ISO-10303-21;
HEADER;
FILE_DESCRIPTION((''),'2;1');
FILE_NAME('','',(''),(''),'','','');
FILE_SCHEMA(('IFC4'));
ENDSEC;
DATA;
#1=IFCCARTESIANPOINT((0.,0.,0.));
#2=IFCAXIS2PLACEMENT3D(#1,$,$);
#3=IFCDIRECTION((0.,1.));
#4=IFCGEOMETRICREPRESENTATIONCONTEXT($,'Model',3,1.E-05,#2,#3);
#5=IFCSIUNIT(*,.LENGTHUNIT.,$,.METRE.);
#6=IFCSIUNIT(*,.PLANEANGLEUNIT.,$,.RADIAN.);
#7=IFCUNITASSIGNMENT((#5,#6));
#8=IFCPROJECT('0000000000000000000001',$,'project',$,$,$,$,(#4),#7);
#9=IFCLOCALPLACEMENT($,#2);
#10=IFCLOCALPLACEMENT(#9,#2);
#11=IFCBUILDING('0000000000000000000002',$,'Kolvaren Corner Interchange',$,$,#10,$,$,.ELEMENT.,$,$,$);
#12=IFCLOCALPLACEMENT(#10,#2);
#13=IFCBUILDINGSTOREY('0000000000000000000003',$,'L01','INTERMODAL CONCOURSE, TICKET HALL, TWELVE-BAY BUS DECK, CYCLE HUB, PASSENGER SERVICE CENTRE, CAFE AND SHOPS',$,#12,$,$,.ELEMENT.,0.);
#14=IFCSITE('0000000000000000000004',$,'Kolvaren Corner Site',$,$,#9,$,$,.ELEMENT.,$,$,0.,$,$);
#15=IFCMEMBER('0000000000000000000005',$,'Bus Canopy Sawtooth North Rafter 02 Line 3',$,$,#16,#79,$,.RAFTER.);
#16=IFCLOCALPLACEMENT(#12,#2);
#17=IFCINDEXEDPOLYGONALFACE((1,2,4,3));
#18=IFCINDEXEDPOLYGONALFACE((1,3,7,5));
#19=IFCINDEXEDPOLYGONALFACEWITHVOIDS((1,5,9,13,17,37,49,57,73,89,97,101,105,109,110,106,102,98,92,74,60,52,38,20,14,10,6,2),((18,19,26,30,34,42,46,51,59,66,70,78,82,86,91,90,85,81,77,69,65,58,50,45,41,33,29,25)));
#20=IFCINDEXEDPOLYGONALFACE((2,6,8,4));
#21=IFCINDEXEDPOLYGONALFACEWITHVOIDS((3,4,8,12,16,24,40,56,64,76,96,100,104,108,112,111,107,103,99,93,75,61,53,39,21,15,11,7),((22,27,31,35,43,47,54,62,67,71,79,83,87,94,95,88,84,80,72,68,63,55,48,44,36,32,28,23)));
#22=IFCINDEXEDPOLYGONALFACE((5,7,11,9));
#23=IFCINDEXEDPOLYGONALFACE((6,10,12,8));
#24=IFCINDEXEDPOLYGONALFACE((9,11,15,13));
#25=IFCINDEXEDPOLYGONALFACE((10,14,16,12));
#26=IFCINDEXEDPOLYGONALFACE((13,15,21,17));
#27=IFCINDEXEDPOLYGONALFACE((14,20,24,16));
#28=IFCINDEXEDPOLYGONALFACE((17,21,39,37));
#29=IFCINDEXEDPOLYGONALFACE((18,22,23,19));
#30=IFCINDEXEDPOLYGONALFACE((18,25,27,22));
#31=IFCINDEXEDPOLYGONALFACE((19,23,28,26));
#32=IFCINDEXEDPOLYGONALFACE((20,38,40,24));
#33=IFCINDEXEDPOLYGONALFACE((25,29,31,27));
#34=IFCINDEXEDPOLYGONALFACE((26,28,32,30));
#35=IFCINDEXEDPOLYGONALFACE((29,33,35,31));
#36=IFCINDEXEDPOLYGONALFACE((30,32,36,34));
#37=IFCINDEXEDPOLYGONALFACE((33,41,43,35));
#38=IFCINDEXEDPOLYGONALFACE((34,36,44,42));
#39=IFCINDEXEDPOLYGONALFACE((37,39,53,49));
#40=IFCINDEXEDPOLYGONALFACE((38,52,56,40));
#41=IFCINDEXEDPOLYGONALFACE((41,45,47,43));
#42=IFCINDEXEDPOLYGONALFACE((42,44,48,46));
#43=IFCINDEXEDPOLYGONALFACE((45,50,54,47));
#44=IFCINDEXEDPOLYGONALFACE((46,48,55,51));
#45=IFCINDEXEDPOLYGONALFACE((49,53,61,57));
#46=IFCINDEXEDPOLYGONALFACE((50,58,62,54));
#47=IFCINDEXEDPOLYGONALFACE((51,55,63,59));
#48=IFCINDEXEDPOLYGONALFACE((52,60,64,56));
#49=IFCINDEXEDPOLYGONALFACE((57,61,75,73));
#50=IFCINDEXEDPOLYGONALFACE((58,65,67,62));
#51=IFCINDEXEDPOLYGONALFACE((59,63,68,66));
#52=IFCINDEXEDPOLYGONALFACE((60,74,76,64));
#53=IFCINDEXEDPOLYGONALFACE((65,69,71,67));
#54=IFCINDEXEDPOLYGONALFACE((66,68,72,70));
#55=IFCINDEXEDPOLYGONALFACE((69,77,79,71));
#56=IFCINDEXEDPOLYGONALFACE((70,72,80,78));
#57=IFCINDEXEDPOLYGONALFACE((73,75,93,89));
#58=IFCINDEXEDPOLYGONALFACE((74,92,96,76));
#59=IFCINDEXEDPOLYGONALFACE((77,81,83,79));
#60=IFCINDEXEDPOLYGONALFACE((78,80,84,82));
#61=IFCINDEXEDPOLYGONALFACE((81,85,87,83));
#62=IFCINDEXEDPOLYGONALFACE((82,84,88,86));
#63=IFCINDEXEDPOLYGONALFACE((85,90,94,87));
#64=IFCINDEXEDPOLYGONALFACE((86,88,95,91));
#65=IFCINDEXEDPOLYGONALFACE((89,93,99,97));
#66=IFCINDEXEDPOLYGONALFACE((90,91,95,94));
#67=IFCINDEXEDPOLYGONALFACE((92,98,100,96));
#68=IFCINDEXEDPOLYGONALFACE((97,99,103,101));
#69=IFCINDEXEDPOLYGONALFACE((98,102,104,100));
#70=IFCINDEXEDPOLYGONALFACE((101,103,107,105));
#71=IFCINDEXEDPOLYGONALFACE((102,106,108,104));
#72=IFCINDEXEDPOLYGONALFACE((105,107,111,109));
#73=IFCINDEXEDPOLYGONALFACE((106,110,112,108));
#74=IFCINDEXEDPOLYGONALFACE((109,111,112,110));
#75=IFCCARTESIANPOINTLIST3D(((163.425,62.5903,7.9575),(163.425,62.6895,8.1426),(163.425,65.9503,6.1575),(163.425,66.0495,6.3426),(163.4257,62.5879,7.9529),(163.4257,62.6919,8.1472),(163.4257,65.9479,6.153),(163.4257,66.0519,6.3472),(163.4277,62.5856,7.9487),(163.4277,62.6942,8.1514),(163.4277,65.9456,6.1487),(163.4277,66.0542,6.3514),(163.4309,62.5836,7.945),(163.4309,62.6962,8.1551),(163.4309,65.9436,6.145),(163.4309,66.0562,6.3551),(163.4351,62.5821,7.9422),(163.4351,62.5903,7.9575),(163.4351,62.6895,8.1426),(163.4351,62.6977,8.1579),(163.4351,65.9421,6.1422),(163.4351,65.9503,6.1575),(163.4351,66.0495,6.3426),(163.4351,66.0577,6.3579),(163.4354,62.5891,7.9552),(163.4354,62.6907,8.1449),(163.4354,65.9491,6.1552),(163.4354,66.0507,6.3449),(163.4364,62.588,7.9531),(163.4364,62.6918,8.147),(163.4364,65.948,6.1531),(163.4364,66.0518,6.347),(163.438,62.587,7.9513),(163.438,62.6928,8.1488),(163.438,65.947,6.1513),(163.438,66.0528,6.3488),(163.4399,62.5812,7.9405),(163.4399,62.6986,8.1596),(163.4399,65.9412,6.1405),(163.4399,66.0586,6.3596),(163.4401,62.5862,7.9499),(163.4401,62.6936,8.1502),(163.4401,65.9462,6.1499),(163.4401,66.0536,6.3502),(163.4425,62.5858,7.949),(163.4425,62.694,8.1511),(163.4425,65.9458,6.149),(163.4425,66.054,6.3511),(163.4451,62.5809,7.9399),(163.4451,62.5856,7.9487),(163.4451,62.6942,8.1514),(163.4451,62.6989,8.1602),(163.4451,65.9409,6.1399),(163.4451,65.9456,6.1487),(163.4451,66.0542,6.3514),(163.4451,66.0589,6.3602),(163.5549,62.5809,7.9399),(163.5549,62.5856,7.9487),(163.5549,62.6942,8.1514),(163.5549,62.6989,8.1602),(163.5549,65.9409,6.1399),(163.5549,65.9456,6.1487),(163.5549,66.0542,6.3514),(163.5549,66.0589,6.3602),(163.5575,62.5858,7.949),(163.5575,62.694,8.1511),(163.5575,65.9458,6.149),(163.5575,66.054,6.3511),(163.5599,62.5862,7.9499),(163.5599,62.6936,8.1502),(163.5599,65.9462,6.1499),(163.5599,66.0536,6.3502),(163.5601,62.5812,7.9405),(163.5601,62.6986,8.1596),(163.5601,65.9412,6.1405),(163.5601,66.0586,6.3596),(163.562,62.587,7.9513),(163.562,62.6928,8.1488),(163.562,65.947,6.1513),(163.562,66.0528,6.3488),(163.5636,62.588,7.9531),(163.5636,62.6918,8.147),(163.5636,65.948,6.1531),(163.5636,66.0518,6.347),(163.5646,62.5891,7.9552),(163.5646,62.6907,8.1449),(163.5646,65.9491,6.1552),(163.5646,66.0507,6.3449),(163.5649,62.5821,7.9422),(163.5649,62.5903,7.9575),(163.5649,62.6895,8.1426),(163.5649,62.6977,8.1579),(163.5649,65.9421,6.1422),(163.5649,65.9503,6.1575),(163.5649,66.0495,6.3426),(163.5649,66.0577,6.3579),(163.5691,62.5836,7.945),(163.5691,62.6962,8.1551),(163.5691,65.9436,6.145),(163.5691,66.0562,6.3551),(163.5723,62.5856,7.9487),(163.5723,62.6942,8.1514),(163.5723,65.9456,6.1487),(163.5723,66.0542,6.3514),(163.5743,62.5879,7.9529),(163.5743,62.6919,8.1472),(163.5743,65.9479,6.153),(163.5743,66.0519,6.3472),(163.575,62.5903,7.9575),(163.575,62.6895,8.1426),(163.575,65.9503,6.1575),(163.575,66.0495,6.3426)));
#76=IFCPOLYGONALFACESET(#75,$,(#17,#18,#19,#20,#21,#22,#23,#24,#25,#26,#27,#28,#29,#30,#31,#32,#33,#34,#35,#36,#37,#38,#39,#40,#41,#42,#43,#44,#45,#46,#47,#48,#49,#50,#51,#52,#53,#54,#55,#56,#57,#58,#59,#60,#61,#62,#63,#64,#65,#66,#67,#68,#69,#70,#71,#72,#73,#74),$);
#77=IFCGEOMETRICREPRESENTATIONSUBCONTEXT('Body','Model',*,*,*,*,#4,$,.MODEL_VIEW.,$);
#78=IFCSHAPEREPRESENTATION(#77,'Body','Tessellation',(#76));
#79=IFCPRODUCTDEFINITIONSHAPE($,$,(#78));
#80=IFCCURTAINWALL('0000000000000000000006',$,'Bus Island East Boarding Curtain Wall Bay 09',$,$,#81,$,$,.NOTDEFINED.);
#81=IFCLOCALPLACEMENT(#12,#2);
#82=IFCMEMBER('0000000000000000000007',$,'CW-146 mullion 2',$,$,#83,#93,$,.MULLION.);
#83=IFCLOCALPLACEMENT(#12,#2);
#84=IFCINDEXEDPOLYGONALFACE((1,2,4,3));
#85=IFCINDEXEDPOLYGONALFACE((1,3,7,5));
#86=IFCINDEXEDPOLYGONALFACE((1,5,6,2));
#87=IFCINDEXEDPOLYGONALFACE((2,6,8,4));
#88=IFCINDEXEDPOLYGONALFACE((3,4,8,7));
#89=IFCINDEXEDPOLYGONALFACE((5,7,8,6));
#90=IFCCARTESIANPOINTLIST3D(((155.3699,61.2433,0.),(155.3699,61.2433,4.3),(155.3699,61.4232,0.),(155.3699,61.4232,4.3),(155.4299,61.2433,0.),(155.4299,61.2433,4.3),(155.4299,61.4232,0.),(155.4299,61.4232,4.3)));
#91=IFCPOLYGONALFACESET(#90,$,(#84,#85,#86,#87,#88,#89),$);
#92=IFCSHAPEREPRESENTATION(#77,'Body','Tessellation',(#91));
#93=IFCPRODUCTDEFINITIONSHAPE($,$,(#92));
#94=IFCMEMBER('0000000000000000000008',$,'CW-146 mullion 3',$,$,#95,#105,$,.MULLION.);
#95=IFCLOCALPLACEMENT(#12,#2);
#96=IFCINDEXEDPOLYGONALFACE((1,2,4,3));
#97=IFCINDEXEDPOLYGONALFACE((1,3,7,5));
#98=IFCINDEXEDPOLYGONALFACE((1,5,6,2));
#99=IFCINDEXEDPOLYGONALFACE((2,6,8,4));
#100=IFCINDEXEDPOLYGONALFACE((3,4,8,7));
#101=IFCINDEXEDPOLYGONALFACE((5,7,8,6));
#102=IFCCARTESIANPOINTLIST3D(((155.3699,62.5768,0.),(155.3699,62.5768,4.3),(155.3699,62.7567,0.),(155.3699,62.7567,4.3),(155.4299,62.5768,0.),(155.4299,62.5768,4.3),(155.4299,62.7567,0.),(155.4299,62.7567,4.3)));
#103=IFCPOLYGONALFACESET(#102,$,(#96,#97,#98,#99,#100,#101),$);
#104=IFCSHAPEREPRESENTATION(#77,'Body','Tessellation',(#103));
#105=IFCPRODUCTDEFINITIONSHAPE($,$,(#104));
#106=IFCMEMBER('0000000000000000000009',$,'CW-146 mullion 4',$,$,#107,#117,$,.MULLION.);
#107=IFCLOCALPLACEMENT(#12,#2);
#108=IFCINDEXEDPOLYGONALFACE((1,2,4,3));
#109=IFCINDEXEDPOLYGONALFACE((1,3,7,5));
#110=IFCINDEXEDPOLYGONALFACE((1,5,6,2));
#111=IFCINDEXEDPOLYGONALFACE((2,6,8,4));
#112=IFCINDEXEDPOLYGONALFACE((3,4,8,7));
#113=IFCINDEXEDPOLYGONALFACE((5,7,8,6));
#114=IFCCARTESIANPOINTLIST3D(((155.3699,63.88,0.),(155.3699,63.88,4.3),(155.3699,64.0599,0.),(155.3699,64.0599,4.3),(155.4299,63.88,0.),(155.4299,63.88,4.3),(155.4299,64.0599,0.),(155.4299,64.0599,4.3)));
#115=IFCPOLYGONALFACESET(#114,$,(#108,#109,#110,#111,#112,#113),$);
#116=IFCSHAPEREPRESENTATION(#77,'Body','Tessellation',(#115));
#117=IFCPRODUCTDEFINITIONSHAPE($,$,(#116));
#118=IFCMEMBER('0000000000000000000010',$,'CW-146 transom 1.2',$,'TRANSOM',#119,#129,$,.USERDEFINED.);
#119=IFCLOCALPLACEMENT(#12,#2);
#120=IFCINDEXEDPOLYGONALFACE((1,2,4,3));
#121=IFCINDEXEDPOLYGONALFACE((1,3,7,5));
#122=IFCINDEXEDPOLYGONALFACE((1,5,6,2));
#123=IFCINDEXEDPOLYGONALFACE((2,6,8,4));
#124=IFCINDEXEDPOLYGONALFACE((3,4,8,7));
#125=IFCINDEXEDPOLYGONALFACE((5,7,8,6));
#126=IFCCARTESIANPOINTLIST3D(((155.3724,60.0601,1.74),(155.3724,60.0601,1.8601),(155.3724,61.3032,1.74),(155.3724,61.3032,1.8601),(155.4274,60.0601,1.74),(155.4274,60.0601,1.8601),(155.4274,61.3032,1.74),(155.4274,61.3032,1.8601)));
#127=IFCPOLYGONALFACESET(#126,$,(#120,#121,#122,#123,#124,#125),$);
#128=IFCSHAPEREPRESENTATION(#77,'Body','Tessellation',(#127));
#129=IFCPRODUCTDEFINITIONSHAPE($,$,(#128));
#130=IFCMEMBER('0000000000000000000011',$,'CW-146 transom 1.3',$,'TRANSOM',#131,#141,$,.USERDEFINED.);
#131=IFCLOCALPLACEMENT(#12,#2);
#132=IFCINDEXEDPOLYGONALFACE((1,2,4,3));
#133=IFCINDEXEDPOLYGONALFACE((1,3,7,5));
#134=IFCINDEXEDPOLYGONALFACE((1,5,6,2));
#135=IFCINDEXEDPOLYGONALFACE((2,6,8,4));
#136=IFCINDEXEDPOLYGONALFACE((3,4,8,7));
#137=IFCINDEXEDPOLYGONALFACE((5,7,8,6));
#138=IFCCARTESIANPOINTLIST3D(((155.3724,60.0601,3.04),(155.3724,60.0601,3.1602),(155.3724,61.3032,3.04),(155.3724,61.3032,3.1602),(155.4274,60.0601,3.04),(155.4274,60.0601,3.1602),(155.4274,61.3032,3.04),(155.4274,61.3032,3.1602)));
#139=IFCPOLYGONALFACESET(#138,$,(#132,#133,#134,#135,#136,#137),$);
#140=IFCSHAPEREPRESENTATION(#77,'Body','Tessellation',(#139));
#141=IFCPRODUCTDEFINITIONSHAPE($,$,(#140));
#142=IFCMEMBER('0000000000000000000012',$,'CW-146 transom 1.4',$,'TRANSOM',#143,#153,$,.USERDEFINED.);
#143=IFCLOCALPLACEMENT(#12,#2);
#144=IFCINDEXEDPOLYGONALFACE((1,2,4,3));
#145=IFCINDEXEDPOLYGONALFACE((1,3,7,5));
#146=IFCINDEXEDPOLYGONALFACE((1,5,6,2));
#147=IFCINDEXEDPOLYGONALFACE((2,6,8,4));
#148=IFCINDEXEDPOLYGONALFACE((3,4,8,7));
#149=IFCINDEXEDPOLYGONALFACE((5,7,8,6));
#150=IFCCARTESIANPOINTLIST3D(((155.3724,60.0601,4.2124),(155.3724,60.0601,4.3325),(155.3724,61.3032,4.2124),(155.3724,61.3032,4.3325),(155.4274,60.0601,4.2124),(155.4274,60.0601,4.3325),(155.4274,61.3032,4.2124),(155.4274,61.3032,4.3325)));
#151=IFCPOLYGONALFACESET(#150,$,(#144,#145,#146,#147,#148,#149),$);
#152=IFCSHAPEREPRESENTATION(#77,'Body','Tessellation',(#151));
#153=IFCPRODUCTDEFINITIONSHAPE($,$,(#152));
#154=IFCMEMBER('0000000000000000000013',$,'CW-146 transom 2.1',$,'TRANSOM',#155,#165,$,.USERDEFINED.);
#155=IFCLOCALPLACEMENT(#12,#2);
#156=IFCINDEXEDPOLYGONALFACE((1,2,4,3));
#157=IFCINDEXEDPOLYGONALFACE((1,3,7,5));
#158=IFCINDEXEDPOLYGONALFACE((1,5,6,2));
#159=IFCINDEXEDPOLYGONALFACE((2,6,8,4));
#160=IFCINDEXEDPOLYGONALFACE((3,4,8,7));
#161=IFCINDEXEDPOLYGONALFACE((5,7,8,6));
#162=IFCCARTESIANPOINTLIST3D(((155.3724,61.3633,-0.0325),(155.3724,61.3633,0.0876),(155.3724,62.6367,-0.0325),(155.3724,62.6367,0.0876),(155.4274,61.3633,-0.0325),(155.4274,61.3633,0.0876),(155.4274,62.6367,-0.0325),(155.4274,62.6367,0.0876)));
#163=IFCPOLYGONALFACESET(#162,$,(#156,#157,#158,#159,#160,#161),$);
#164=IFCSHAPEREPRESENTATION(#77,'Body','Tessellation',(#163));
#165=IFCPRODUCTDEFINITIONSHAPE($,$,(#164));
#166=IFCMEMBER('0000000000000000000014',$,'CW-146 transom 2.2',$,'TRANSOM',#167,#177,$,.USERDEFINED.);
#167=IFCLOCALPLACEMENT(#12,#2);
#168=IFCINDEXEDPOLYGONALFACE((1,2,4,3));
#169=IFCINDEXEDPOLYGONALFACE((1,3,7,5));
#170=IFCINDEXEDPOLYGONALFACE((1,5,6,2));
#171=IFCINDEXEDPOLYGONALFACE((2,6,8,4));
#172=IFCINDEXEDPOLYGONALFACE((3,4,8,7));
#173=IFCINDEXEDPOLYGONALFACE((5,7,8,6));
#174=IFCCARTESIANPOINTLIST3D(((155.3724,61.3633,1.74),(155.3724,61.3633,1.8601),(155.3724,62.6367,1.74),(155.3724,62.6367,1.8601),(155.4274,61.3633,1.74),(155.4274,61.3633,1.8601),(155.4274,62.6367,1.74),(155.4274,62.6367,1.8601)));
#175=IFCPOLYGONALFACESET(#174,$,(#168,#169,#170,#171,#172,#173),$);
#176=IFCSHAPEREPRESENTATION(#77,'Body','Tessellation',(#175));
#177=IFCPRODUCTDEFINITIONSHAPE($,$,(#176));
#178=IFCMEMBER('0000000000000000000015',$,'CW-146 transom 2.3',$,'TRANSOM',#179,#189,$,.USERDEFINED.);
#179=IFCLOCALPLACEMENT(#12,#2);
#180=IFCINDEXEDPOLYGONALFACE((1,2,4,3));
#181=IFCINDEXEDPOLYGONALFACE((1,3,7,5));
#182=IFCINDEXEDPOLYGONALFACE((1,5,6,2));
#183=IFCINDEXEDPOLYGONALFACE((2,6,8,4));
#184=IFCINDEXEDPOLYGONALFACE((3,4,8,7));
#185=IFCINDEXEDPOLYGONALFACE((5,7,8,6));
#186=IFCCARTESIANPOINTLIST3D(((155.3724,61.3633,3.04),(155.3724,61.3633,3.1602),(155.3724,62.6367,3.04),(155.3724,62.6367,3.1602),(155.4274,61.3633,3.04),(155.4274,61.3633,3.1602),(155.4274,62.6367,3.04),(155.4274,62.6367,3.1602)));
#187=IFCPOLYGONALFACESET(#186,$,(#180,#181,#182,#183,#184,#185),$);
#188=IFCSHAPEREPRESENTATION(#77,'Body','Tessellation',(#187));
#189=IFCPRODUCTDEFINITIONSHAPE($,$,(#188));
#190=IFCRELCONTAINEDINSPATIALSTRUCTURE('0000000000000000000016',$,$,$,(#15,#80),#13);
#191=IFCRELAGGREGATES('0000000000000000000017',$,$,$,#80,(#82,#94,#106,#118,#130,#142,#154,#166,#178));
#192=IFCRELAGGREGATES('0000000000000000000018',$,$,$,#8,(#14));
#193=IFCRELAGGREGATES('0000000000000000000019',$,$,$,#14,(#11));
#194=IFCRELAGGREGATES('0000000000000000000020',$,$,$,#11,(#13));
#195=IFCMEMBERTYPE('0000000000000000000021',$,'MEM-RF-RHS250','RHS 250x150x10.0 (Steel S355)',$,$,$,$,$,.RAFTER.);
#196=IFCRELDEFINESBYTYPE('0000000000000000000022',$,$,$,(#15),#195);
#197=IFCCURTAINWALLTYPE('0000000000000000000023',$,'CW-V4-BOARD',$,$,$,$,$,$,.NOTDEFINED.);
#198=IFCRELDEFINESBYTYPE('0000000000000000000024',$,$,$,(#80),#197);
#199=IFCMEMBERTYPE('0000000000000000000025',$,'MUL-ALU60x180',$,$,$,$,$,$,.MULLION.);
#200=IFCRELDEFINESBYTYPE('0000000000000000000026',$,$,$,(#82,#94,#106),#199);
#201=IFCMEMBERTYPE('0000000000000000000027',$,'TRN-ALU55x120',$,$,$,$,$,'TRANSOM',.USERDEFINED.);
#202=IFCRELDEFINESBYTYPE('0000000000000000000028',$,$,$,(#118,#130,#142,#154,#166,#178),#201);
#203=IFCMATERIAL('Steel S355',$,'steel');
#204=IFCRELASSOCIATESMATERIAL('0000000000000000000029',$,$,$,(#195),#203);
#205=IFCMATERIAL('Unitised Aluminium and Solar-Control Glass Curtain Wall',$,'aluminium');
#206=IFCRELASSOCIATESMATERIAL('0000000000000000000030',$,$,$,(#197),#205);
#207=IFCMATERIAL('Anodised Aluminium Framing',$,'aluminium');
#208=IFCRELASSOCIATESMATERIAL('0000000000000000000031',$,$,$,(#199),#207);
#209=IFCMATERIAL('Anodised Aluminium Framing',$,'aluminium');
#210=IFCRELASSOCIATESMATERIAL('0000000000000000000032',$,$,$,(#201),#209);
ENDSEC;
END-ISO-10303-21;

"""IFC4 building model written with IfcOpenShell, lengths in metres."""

from ifc_helpers import new_model, si_unit, direction, frame, origin, origin_2d, place, context, subcontext, project, spatial, rectangle, hollow_rectangle, extrude, material, material_profile, profile_set, type_object, element, aggregate, save


model = new_model("IFC4")

# Units and contexts
model_context = context("Model", 3, precision=1e-05, world=origin(), true_north=direction((0.0, 1.0)))
body_context = subcontext(model_context, "Body", "Model", "MODEL_VIEW")
ifc_project = project(units=[si_unit("LENGTHUNIT", "METRE"), si_unit("PLANEANGLEUNIT", "RADIAN")], contexts=[model_context])

# Site, building, storey
site_placement = place(None, origin())
site = spatial("IfcSite", under=ifc_project, at=site_placement, Name="Kolvaren Corner Site", CompositionType="ELEMENT", RefElevation=0.0)
building_placement = place(site_placement, origin())
building = spatial("IfcBuilding", under=site, at=building_placement, Name="Kolvaren Corner Interchange", CompositionType="ELEMENT")
storey_placement = place(building_placement, origin())
storey = spatial("IfcBuildingStorey", under=building, at=storey_placement, Name="L01", Description="INTERMODAL CONCOURSE, TICKET HALL, TWELVE-BAY BUS DECK, CYCLE HUB, PASSENGER SERVICE CENTRE, CAFE AND SHOPS", CompositionType="ELEMENT", Elevation=0.0)

# Member
ifc_material_1 = material(Name="Steel S355", Category="steel")
ifc_material_profile_1 = material_profile(ifc_material_1, hollow_rectangle(XDim=0.1499, YDim=0.25, WallThickness=0.01, InnerFilletRadius=0.01, OuterFilletRadius=0.02, at=origin_2d()), Name="RHS 250x150x10.0")
ifc_profile_set_1 = profile_set([ifc_material_profile_1], Name="Steel S355")
member_type_1 = type_object("IfcMemberType", Name="MEM-RF-RHS250", Description="RHS 250x150x10.0 (Steel S355)", PredefinedType="RAFTER", material=ifc_profile_set_1)
for number, where, z_axis, x_axis, name in (
    (1, (163.5, 62.6399, 8.05), (0.0, 0.881481, -0.47222), (-1.0, 0.0, 0.0), "Bus Canopy Sawtooth North Rafter 02 Line 3"),
):
    element("IfcMember", number, at=place(storey_placement, frame(where, z_axis=z_axis, x_axis=x_axis)), inside=storey, type_object=member_type_1, Name=name, PredefinedType="RAFTER", context=body_context, shape_type="SweptSolid", body=[
        extrude(hollow_rectangle(XDim=0.1499, YDim=0.25, WallThickness=0.01, InnerFilletRadius=0.01, OuterFilletRadius=0.02, at=origin_2d()), origin(), (0.0, 0.0, 1.0), 3.8118),
    ])

# Curtain wall, members
ifc_material_2 = material(Name="Unitised Aluminium and Solar-Control Glass Curtain Wall", Category="aluminium")
curtain_wall_type = type_object("IfcCurtainWallType", Name="CW-V4-BOARD", PredefinedType="NOTDEFINED", material=ifc_material_2)
curtain_wall_placement = place(storey_placement, origin())
curtain_wall = element("IfcCurtainWall", 2, at=curtain_wall_placement, inside=storey, type_object=curtain_wall_type, Name="Bus Island East Boarding Curtain Wall Bay 09", PredefinedType="NOTDEFINED")
ifc_material_3 = material(Name="Anodised Aluminium Framing", Category="aluminium")
ifc_material_profile_2 = material_profile(ifc_material_3, rectangle(XDim=0.0601, YDim=0.1799, at=origin_2d()), Name="ALU 60x180")
ifc_profile_set_2 = profile_set([ifc_material_profile_2], Name="Anodised Aluminium Framing")
member_type_2 = type_object("IfcMemberType", Name="MUL-ALU60x180", PredefinedType="MULLION", material=ifc_profile_set_2)
member_1_placement = place(storey_placement, frame((155.3999, 61.3333, 0.0), z_axis=(0.0, 0.0, 1.0), x_axis=(-1.0, 0.0, 0.0)))
member_1 = element("IfcMember", 3, at=member_1_placement, type_object=member_type_2, Name="CW-146 mullion 2", PredefinedType="MULLION", context=body_context, shape_type="SweptSolid", body=[
    extrude(rectangle(XDim=0.0601, YDim=0.1799, at=origin_2d()), origin(), (0.0, 0.0, 1.0), 4.3),
])
member_2_placement = place(storey_placement, frame((155.3999, 62.6667, 0.0), z_axis=(0.0, 0.0, 1.0), x_axis=(-1.0, 0.0, 0.0)))
member_2 = element("IfcMember", 4, at=member_2_placement, type_object=member_type_2, Name="CW-146 mullion 3", PredefinedType="MULLION", context=body_context, shape_type="SweptSolid", body=[
    extrude(rectangle(XDim=0.0601, YDim=0.1799, at=origin_2d()), origin(), (0.0, 0.0, 1.0), 4.3),
])
member_3_placement = place(storey_placement, frame((155.3999, 63.97, 0.0), z_axis=(0.0, 0.0, 1.0), x_axis=(-1.0, 0.0, 0.0)))
member_3 = element("IfcMember", 5, at=member_3_placement, type_object=member_type_2, Name="CW-146 mullion 4", PredefinedType="MULLION", context=body_context, shape_type="SweptSolid", body=[
    extrude(rectangle(XDim=0.0601, YDim=0.1799, at=origin_2d()), origin(), (0.0, 0.0, 1.0), 4.3),
])
ifc_material_4 = material(Name="Anodised Aluminium Framing", Category="aluminium")
ifc_material_profile_3 = material_profile(ifc_material_4, rectangle(XDim=0.0549, YDim=0.1201, at=origin_2d()), Name="ALU 55x120")
ifc_profile_set_3 = profile_set([ifc_material_profile_3], Name="Anodised Aluminium Framing")
member_type_3 = type_object("IfcMemberType", Name="TRN-ALU55x120", ElementType="TRANSOM", PredefinedType="USERDEFINED", material=ifc_profile_set_3)
member_4_placement = place(storey_placement, frame((155.3999, 60.0601, 1.8), z_axis=(0.0, 1.0, 0.0), x_axis=(-1.0, 0.0, 0.0)))
member_4 = element("IfcMember", 6, at=member_4_placement, type_object=member_type_3, Name="CW-146 transom 1.2", ObjectType="TRANSOM", PredefinedType="USERDEFINED", context=body_context, shape_type="SweptSolid", body=[
    extrude(rectangle(XDim=0.0549, YDim=0.1201, at=origin_2d()), origin(), (0.0, 0.0, 1.0), 1.2432),
])
member_5_placement = place(storey_placement, frame((155.3999, 60.0601, 3.1001), z_axis=(0.0, 1.0, 0.0), x_axis=(-1.0, 0.0, 0.0)))
member_5 = element("IfcMember", 7, at=member_5_placement, type_object=member_type_3, Name="CW-146 transom 1.3", ObjectType="TRANSOM", PredefinedType="USERDEFINED", context=body_context, shape_type="SweptSolid", body=[
    extrude(rectangle(XDim=0.0549, YDim=0.1201, at=origin_2d()), origin(), (0.0, 0.0, 1.0), 1.2432),
])
member_6_placement = place(storey_placement, frame((155.3999, 60.0601, 4.2725), z_axis=(0.0, 1.0, 0.0), x_axis=(-1.0, 0.0, 0.0)))
member_6 = element("IfcMember", 8, at=member_6_placement, type_object=member_type_3, Name="CW-146 transom 1.4", ObjectType="TRANSOM", PredefinedType="USERDEFINED", context=body_context, shape_type="SweptSolid", body=[
    extrude(rectangle(XDim=0.0549, YDim=0.1201, at=origin_2d()), origin(), (0.0, 0.0, 1.0), 1.2432),
])
member_7_placement = place(storey_placement, frame((155.3999, 61.3633, 0.0276), z_axis=(0.0, 1.0, 0.0), x_axis=(-1.0, 0.0, 0.0)))
member_7 = element("IfcMember", 9, at=member_7_placement, type_object=member_type_3, Name="CW-146 transom 2.1", ObjectType="TRANSOM", PredefinedType="USERDEFINED", context=body_context, shape_type="SweptSolid", body=[
    extrude(rectangle(XDim=0.0549, YDim=0.1201, at=origin_2d()), origin(), (0.0, 0.0, 1.0), 1.2734),
])
member_8_placement = place(storey_placement, frame((155.3999, 61.3633, 1.8), z_axis=(0.0, 1.0, 0.0), x_axis=(-1.0, 0.0, 0.0)))
member_8 = element("IfcMember", 10, at=member_8_placement, type_object=member_type_3, Name="CW-146 transom 2.2", ObjectType="TRANSOM", PredefinedType="USERDEFINED", context=body_context, shape_type="SweptSolid", body=[
    extrude(rectangle(XDim=0.0549, YDim=0.1201, at=origin_2d()), origin(), (0.0, 0.0, 1.0), 1.2734),
])
member_9_placement = place(storey_placement, frame((155.3999, 61.3633, 3.1001), z_axis=(0.0, 1.0, 0.0), x_axis=(-1.0, 0.0, 0.0)))
member_9 = element("IfcMember", 11, at=member_9_placement, type_object=member_type_3, Name="CW-146 transom 2.3", ObjectType="TRANSOM", PredefinedType="USERDEFINED", context=body_context, shape_type="SweptSolid", body=[
    extrude(rectangle(XDim=0.0549, YDim=0.1201, at=origin_2d()), origin(), (0.0, 0.0, 1.0), 1.2734),
])
aggregate(curtain_wall, [member_1, member_2, member_3, member_4, member_5, member_6, member_7, member_8, member_9])

save(model, "model.ifc")
